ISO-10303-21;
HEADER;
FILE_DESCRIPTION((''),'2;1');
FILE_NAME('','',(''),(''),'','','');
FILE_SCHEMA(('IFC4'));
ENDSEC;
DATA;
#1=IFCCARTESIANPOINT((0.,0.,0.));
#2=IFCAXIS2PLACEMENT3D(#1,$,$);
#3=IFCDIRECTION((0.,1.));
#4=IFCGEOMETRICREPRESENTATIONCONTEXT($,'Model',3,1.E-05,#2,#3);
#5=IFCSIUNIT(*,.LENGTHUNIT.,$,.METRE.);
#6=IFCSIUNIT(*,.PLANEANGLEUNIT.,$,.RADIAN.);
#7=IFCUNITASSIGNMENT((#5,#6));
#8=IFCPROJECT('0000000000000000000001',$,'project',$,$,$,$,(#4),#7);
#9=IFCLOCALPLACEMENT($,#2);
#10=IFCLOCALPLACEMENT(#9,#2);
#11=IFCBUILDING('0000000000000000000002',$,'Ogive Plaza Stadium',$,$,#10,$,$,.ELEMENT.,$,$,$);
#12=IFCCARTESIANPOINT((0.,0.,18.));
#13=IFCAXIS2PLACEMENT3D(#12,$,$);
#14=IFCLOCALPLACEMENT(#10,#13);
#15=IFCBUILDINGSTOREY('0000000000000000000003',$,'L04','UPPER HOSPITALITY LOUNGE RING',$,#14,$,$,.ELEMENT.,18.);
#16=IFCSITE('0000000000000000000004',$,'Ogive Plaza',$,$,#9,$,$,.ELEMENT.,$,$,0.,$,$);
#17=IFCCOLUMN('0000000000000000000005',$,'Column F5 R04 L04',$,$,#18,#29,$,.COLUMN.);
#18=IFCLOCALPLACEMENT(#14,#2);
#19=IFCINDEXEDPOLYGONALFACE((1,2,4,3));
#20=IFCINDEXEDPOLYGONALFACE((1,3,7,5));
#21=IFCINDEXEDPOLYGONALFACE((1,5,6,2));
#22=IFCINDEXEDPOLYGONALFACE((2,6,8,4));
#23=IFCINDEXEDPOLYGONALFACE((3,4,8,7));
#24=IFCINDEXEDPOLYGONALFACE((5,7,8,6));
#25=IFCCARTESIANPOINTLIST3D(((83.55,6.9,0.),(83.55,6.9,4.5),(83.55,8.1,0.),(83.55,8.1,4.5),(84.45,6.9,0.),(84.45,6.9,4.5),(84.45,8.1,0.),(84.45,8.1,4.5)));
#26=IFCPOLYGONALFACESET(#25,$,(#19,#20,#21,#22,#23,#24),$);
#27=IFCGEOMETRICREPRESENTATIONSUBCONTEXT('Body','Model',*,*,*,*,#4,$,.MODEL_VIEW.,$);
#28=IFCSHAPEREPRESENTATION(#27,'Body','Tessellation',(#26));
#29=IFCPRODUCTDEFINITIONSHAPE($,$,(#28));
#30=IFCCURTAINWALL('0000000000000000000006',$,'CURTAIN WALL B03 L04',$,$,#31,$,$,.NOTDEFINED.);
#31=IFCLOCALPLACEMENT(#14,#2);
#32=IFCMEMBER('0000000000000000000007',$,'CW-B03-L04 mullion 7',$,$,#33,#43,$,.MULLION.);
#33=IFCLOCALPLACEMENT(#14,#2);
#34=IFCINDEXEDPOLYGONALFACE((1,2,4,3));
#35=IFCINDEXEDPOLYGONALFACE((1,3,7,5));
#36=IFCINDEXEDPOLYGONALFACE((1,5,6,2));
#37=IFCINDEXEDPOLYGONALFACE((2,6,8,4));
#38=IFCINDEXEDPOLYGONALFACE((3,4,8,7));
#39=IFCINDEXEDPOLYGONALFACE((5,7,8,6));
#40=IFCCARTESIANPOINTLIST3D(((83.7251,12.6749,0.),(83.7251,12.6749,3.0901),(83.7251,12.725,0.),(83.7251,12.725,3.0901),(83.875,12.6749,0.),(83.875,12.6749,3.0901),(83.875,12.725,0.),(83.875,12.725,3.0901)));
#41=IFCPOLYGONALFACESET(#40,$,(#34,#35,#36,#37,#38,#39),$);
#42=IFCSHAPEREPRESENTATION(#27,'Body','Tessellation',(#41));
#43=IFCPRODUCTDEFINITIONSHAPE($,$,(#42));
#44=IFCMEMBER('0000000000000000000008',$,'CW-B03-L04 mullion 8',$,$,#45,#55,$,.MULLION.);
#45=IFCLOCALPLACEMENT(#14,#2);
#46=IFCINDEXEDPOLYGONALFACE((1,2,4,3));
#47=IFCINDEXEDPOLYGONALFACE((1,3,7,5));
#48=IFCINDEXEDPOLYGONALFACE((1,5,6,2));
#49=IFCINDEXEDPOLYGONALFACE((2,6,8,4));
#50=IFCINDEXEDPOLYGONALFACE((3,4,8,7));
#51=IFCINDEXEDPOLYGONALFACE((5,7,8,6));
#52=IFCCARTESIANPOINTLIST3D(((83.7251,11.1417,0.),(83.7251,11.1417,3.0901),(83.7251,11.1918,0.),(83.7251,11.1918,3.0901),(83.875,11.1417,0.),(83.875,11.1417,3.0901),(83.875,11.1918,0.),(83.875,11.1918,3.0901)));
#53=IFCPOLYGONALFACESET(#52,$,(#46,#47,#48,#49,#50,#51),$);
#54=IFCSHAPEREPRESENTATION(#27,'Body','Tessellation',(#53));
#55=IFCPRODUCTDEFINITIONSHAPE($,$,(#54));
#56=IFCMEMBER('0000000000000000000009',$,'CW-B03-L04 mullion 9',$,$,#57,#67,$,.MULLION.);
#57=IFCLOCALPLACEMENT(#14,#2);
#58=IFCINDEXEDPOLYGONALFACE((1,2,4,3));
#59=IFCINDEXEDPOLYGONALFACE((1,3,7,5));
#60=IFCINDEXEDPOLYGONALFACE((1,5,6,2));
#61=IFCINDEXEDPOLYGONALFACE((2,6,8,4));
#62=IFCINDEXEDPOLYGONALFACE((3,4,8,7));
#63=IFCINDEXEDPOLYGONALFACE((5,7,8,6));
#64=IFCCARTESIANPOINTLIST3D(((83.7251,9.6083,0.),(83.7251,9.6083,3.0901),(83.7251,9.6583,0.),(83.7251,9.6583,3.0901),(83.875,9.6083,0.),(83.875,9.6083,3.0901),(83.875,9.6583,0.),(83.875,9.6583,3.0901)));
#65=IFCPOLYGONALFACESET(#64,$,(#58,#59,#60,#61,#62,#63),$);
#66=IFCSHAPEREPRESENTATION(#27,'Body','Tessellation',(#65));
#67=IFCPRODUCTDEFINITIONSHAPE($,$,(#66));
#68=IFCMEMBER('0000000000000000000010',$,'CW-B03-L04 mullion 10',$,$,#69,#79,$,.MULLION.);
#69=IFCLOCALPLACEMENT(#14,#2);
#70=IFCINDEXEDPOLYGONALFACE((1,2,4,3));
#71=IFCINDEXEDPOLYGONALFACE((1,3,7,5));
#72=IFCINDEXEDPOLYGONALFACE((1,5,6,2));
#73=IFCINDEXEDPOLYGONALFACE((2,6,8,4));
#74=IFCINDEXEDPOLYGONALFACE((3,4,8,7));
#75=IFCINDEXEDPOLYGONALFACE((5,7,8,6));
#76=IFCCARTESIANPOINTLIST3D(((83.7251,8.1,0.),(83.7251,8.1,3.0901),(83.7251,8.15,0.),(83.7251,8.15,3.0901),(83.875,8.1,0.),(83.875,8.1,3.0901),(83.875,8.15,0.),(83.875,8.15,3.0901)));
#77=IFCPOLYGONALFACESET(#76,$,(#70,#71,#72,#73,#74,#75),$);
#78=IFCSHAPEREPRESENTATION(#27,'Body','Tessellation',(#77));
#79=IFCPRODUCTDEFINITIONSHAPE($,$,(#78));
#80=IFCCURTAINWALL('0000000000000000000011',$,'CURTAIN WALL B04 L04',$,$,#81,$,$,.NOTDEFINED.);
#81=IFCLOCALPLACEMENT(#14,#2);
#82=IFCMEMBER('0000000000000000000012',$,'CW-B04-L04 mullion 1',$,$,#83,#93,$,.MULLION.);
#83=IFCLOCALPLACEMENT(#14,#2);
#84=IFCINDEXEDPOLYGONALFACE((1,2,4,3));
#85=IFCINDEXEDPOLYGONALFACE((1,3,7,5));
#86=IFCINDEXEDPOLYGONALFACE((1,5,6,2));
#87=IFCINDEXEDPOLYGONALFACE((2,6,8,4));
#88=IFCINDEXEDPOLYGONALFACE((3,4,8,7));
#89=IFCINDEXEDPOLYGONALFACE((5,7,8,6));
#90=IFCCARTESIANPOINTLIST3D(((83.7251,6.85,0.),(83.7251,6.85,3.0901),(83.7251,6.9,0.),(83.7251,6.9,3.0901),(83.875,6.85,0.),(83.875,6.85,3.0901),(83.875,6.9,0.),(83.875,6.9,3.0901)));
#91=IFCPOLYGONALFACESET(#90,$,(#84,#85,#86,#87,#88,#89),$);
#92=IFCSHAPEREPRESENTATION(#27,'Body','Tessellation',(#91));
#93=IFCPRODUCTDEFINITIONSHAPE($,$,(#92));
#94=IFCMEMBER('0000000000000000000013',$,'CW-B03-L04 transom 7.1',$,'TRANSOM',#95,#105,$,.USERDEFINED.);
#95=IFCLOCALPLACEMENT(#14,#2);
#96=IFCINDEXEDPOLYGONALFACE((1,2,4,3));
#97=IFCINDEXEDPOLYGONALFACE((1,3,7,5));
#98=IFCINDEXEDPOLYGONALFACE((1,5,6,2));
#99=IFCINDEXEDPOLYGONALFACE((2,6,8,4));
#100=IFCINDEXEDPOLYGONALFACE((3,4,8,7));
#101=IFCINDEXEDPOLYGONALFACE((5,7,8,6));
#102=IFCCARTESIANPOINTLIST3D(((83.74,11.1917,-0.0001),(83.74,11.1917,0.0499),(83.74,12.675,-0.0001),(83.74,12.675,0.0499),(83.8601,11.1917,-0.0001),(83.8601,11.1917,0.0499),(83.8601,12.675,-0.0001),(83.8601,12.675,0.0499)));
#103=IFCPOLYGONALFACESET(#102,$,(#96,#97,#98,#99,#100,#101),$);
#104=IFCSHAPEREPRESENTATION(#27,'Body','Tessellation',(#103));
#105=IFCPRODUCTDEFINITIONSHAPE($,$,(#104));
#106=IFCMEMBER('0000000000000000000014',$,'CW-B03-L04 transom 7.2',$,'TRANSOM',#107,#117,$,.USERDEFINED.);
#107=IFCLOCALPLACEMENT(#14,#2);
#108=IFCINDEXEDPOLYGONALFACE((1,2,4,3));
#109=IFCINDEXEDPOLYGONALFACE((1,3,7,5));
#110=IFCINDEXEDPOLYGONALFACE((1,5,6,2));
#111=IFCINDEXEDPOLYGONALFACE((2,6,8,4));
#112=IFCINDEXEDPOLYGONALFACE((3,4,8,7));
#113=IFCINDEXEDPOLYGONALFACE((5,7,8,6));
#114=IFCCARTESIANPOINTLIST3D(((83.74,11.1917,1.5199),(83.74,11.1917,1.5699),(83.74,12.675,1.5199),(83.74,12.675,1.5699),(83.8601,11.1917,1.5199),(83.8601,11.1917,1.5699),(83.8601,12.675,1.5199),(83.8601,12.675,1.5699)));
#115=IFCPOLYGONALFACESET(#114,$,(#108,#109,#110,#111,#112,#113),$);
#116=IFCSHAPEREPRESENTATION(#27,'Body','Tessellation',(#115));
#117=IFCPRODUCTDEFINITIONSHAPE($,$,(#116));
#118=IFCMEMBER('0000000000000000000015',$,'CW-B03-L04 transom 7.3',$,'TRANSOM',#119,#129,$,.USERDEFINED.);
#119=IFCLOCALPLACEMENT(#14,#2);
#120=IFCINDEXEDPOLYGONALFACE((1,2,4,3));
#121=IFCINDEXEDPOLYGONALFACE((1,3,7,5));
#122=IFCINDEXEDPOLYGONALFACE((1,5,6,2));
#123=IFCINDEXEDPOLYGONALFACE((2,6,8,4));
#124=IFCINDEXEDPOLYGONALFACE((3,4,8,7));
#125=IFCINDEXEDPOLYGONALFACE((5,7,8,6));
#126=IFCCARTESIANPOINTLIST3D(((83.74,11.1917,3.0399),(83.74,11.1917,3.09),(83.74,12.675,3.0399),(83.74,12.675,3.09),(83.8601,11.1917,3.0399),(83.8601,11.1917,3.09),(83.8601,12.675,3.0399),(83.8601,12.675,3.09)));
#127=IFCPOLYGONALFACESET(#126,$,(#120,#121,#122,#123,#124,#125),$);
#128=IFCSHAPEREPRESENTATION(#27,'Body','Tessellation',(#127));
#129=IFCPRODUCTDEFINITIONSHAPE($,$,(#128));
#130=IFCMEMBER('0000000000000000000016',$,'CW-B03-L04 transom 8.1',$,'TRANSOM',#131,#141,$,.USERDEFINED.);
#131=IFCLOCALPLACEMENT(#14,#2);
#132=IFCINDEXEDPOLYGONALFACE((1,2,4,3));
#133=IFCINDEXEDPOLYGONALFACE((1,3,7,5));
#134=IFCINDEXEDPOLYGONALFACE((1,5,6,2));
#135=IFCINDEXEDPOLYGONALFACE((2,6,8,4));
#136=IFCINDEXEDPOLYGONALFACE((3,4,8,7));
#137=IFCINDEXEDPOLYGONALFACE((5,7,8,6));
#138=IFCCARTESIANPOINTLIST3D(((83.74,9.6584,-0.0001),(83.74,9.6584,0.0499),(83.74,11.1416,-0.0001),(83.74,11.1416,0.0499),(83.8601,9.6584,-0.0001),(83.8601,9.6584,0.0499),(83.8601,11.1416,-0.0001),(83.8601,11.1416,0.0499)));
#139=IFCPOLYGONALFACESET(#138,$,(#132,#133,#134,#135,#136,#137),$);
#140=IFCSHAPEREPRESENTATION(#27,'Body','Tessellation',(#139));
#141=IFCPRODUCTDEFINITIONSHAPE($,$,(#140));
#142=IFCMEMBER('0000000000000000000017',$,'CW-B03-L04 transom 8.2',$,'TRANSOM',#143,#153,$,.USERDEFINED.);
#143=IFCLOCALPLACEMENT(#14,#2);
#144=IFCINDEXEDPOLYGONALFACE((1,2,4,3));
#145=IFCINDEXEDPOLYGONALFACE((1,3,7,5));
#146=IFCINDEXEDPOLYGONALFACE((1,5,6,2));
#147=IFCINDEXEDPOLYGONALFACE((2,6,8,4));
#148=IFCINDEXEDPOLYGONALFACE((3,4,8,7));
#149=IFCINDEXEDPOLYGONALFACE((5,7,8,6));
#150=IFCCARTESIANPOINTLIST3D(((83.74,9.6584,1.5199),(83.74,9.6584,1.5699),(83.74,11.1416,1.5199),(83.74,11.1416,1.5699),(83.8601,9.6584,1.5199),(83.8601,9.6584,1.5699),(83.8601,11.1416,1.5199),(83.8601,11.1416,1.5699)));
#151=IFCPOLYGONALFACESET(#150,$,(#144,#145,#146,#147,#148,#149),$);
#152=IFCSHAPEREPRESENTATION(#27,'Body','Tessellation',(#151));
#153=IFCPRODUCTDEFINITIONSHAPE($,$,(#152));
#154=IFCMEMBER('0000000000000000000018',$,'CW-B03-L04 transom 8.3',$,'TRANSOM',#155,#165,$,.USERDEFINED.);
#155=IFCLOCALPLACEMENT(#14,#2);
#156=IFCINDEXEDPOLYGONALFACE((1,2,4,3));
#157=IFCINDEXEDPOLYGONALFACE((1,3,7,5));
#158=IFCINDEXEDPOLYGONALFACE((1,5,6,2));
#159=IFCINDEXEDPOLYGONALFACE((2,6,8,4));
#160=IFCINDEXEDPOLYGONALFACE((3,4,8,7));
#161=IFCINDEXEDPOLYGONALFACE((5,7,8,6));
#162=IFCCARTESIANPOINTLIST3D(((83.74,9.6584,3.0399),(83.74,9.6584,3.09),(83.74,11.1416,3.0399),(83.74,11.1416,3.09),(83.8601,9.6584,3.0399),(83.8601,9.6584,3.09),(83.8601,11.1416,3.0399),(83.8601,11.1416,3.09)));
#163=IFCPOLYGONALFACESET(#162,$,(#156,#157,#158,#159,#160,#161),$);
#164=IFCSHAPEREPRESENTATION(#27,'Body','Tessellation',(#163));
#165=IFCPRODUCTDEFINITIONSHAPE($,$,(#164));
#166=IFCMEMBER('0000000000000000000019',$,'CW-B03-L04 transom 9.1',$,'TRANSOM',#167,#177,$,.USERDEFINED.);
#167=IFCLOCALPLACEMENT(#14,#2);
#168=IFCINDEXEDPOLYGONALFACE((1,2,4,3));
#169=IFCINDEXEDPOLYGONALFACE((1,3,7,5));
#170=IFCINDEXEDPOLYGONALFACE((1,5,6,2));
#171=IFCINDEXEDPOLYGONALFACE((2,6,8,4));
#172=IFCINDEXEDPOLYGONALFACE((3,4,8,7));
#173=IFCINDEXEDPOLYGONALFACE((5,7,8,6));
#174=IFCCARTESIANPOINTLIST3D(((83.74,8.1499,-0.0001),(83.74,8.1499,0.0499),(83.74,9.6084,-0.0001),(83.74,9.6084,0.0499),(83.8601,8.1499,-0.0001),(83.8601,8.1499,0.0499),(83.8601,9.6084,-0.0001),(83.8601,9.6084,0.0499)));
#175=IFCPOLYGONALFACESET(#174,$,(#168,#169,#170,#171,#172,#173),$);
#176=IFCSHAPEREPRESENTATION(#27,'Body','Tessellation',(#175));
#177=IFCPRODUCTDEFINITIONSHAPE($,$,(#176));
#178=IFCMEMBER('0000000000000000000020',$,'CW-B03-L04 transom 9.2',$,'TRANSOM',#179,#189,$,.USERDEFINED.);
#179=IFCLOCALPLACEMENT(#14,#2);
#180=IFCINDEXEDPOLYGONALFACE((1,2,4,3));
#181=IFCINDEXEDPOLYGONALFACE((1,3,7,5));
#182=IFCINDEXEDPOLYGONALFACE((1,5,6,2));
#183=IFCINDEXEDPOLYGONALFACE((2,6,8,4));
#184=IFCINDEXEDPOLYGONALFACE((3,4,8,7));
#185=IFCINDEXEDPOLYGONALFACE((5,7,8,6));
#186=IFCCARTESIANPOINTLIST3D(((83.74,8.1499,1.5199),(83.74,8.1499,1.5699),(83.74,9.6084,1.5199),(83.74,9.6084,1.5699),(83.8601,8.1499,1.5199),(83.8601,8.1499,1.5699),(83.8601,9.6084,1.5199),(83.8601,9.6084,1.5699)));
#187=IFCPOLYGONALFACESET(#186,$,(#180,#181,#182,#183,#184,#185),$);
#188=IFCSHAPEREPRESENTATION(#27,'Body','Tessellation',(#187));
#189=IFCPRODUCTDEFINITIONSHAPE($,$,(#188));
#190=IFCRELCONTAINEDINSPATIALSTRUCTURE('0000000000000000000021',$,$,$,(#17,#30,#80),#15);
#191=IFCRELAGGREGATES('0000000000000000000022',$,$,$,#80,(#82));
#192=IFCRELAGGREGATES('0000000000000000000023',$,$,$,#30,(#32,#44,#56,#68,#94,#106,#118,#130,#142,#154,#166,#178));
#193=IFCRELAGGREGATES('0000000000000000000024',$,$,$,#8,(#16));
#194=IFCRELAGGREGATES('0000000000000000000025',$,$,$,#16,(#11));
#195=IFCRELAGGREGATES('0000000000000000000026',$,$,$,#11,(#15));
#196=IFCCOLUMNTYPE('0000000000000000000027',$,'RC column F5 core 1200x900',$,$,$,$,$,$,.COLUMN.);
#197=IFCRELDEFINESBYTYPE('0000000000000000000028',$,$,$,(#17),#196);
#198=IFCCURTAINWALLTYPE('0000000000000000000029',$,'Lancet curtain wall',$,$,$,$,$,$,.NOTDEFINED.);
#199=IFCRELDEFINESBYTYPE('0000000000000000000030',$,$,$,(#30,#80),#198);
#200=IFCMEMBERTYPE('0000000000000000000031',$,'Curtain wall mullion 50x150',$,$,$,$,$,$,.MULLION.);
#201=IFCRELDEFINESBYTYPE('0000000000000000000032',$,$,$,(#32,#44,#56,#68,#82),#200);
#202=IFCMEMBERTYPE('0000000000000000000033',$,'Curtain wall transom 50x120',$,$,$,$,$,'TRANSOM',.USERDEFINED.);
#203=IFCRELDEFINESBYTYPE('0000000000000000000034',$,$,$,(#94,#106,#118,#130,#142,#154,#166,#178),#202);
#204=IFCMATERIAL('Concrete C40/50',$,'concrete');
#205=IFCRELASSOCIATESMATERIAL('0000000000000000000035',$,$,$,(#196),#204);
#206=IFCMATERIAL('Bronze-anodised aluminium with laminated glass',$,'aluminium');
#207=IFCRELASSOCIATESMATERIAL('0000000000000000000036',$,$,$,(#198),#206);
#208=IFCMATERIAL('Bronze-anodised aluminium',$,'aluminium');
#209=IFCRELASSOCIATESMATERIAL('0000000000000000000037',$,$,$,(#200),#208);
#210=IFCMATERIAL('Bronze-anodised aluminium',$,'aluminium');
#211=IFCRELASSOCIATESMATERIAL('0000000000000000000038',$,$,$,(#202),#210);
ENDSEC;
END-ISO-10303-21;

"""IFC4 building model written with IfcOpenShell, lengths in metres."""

from ifc_helpers import new_model, si_unit, direction, frame, origin, origin_2d, place, context, subcontext, project, spatial, rectangle, extrude, material, material_profile, profile_set, type_object, element, aggregate, save


model = new_model("IFC4")

# Units and contexts
model_context = context("Model", 3, precision=1e-05, world=origin(), true_north=direction((0.0, 1.0)))
body_context = subcontext(model_context, "Body", "Model", "MODEL_VIEW")
ifc_project = project(units=[si_unit("LENGTHUNIT", "METRE"), si_unit("PLANEANGLEUNIT", "RADIAN")], contexts=[model_context])

# Site, building, storey
site_placement = place(None, origin())
site = spatial("IfcSite", under=ifc_project, at=site_placement, Name="Ogive Plaza", CompositionType="ELEMENT", RefElevation=0.0)
building_placement = place(site_placement, origin())
building = spatial("IfcBuilding", under=site, at=building_placement, Name="Ogive Plaza Stadium", CompositionType="ELEMENT")
storey_placement = place(building_placement, frame((0.0, 0.0, 18.0)))
storey = spatial("IfcBuildingStorey", under=building, at=storey_placement, Name="L04", Description="UPPER HOSPITALITY LOUNGE RING", CompositionType="ELEMENT", Elevation=18.0)

# Column
ifc_material_1 = material(Name="Concrete C40/50", Category="concrete")
ifc_material_profile_1 = material_profile(ifc_material_1, rectangle(XDim=1.2, YDim=0.8999, at=origin_2d()), Name="RC 1200x900")
ifc_profile_set_1 = profile_set([ifc_material_profile_1], Name="Concrete C40/50")
column_type = type_object("IfcColumnType", Name="RC column F5 core 1200x900", PredefinedType="COLUMN", material=ifc_profile_set_1)
column_placement = place(storey_placement, frame((84.0, 7.5, 0.0), z_axis=(0.0, 0.0, 1.0), x_axis=(0.0, 1.0, 0.0)))
element("IfcColumn", 1, at=column_placement, inside=storey, type_object=column_type, Name="Column F5 R04 L04", PredefinedType="COLUMN", context=body_context, shape_type="SweptSolid", body=[
    extrude(rectangle(XDim=1.2, YDim=0.8999, at=origin_2d()), origin(), (0.0, 0.0, 1.0), 4.5),
])

# Curtain wall, members
ifc_material_2 = material(Name="Bronze-anodised aluminium with laminated glass", Category="aluminium")
curtain_wall_type = type_object("IfcCurtainWallType", Name="Lancet curtain wall", PredefinedType="NOTDEFINED", material=ifc_material_2)
curtain_wall_1_placement = place(storey_placement, origin())
curtain_wall_1 = element("IfcCurtainWall", 2, at=curtain_wall_1_placement, inside=storey, type_object=curtain_wall_type, Name="CURTAIN WALL B03 L04", PredefinedType="NOTDEFINED")
ifc_material_3 = material(Name="Bronze-anodised aluminium", Category="aluminium")
ifc_material_profile_2 = material_profile(ifc_material_3, rectangle(XDim=0.1499, YDim=0.05, at=origin_2d()), Name="AL 150x50")
ifc_profile_set_2 = profile_set([ifc_material_profile_2], Name="Bronze-anodised aluminium")
member_type_1 = type_object("IfcMemberType", Name="Curtain wall mullion 50x150", PredefinedType="MULLION", material=ifc_profile_set_2)
member_1_placement = place(storey_placement, frame((83.8, 12.7, 0.0), z_axis=(0.0, 0.0, 1.0), x_axis=(1.0, 0.0, 0.0)))
member_1 = element("IfcMember", 3, at=member_1_placement, type_object=member_type_1, Name="CW-B03-L04 mullion 7", PredefinedType="MULLION", context=body_context, shape_type="SweptSolid", body=[
    extrude(rectangle(XDim=0.1499, YDim=0.05, at=origin_2d()), origin(), (0.0, 0.0, 1.0), 3.0901),
])
member_2_placement = place(storey_placement, frame((83.8, 11.1667, 0.0), z_axis=(0.0, 0.0, 1.0), x_axis=(1.0, 0.0, 0.0)))
member_2 = element("IfcMember", 4, at=member_2_placement, type_object=member_type_1, Name="CW-B03-L04 mullion 8", PredefinedType="MULLION", context=body_context, shape_type="SweptSolid", body=[
    extrude(rectangle(XDim=0.1499, YDim=0.05, at=origin_2d()), origin(), (0.0, 0.0, 1.0), 3.0901),
])
member_3_placement = place(storey_placement, frame((83.8, 9.6333, 0.0), z_axis=(0.0, 0.0, 1.0), x_axis=(1.0, 0.0, 0.0)))
member_3 = element("IfcMember", 5, at=member_3_placement, type_object=member_type_1, Name="CW-B03-L04 mullion 9", PredefinedType="MULLION", context=body_context, shape_type="SweptSolid", body=[
    extrude(rectangle(XDim=0.1499, YDim=0.05, at=origin_2d()), origin(), (0.0, 0.0, 1.0), 3.0901),
])
member_4_placement = place(storey_placement, frame((83.8, 8.125, 0.0), z_axis=(0.0, 0.0, 1.0), x_axis=(1.0, 0.0, 0.0)))
member_4 = element("IfcMember", 6, at=member_4_placement, type_object=member_type_1, Name="CW-B03-L04 mullion 10", PredefinedType="MULLION", context=body_context, shape_type="SweptSolid", body=[
    extrude(rectangle(XDim=0.1499, YDim=0.05, at=origin_2d()), origin(), (0.0, 0.0, 1.0), 3.0901),
])

# Curtain wall, member
curtain_wall_2_placement = place(storey_placement, origin())
curtain_wall_2 = element("IfcCurtainWall", 7, at=curtain_wall_2_placement, inside=storey, type_object=curtain_wall_type, Name="CURTAIN WALL B04 L04", PredefinedType="NOTDEFINED")
member_5_placement = place(storey_placement, frame((83.8, 6.875, 0.0), z_axis=(0.0, 0.0, 1.0), x_axis=(1.0, 0.0, 0.0)))
member_5 = element("IfcMember", 8, at=member_5_placement, type_object=member_type_1, Name="CW-B04-L04 mullion 1", PredefinedType="MULLION", context=body_context, shape_type="SweptSolid", body=[
    extrude(rectangle(XDim=0.1499, YDim=0.05, at=origin_2d()), origin(), (0.0, 0.0, 1.0), 3.0901),
])

# Members
ifc_material_4 = material(Name="Bronze-anodised aluminium", Category="aluminium")
ifc_material_profile_3 = material_profile(ifc_material_4, rectangle(XDim=0.1201, YDim=0.05, at=origin_2d()), Name="AL 120x50")
ifc_profile_set_3 = profile_set([ifc_material_profile_3], Name="Bronze-anodised aluminium")
member_type_2 = type_object("IfcMemberType", Name="Curtain wall transom 50x120", ElementType="TRANSOM", PredefinedType="USERDEFINED", material=ifc_profile_set_3)
member_6_placement = place(storey_placement, frame((83.8, 12.675, 0.0249), z_axis=(0.0, -1.0, 0.0), x_axis=(1.0, 0.0, 0.0)))
member_6 = element("IfcMember", 9, at=member_6_placement, type_object=member_type_2, Name="CW-B03-L04 transom 7.1", ObjectType="TRANSOM", PredefinedType="USERDEFINED", context=body_context, shape_type="SweptSolid", body=[
    extrude(rectangle(XDim=0.1201, YDim=0.05, at=origin_2d()), origin(), (0.0, 0.0, 1.0), 1.4834),
])
member_7_placement = place(storey_placement, frame((83.8, 12.675, 1.5449), z_axis=(0.0, -1.0, 0.0), x_axis=(1.0, 0.0, 0.0)))
member_7 = element("IfcMember", 10, at=member_7_placement, type_object=member_type_2, Name="CW-B03-L04 transom 7.2", ObjectType="TRANSOM", PredefinedType="USERDEFINED", context=body_context, shape_type="SweptSolid", body=[
    extrude(rectangle(XDim=0.1201, YDim=0.05, at=origin_2d()), origin(), (0.0, 0.0, 1.0), 1.4834),
])
member_8_placement = place(storey_placement, frame((83.8, 12.675, 3.0649), z_axis=(0.0, -1.0, 0.0), x_axis=(1.0, 0.0, 0.0)))
member_8 = element("IfcMember", 11, at=member_8_placement, type_object=member_type_2, Name="CW-B03-L04 transom 7.3", ObjectType="TRANSOM", PredefinedType="USERDEFINED", context=body_context, shape_type="SweptSolid", body=[
    extrude(rectangle(XDim=0.1201, YDim=0.05, at=origin_2d()), origin(), (0.0, 0.0, 1.0), 1.4834),
])
member_9_placement = place(storey_placement, frame((83.8, 11.1416, 0.0249), z_axis=(0.0, -1.0, 0.0), x_axis=(1.0, 0.0, 0.0)))
member_9 = element("IfcMember", 12, at=member_9_placement, type_object=member_type_2, Name="CW-B03-L04 transom 8.1", ObjectType="TRANSOM", PredefinedType="USERDEFINED", context=body_context, shape_type="SweptSolid", body=[
    extrude(rectangle(XDim=0.1201, YDim=0.05, at=origin_2d()), origin(), (0.0, 0.0, 1.0), 1.4832),
])
member_10_placement = place(storey_placement, frame((83.8, 11.1416, 1.5449), z_axis=(0.0, -1.0, 0.0), x_axis=(1.0, 0.0, 0.0)))
member_10 = element("IfcMember", 13, at=member_10_placement, type_object=member_type_2, Name="CW-B03-L04 transom 8.2", ObjectType="TRANSOM", PredefinedType="USERDEFINED", context=body_context, shape_type="SweptSolid", body=[
    extrude(rectangle(XDim=0.1201, YDim=0.05, at=origin_2d()), origin(), (0.0, 0.0, 1.0), 1.4832),
])
member_11_placement = place(storey_placement, frame((83.8, 11.1416, 3.0649), z_axis=(0.0, -1.0, 0.0), x_axis=(1.0, 0.0, 0.0)))
member_11 = element("IfcMember", 14, at=member_11_placement, type_object=member_type_2, Name="CW-B03-L04 transom 8.3", ObjectType="TRANSOM", PredefinedType="USERDEFINED", context=body_context, shape_type="SweptSolid", body=[
    extrude(rectangle(XDim=0.1201, YDim=0.05, at=origin_2d()), origin(), (0.0, 0.0, 1.0), 1.4832),
])
member_12_placement = place(storey_placement, frame((83.8, 9.6084, 0.0249), z_axis=(0.0, -1.0, 0.0), x_axis=(1.0, 0.0, 0.0)))
member_12 = element("IfcMember", 15, at=member_12_placement, type_object=member_type_2, Name="CW-B03-L04 transom 9.1", ObjectType="TRANSOM", PredefinedType="USERDEFINED", context=body_context, shape_type="SweptSolid", body=[
    extrude(rectangle(XDim=0.1201, YDim=0.05, at=origin_2d()), origin(), (0.0, 0.0, 1.0), 1.4585),
])
member_13_placement = place(storey_placement, frame((83.8, 9.6084, 1.5449), z_axis=(0.0, -1.0, 0.0), x_axis=(1.0, 0.0, 0.0)))
member_13 = element("IfcMember", 16, at=member_13_placement, type_object=member_type_2, Name="CW-B03-L04 transom 9.2", ObjectType="TRANSOM", PredefinedType="USERDEFINED", context=body_context, shape_type="SweptSolid", body=[
    extrude(rectangle(XDim=0.1201, YDim=0.05, at=origin_2d()), origin(), (0.0, 0.0, 1.0), 1.4585),
])
aggregate(curtain_wall_2, [member_5])

aggregate(curtain_wall_1, [member_1, member_2, member_3, member_4, member_6, member_7, member_8, member_9, member_10, member_11, member_12, member_13])

save(model, "model.ifc")
